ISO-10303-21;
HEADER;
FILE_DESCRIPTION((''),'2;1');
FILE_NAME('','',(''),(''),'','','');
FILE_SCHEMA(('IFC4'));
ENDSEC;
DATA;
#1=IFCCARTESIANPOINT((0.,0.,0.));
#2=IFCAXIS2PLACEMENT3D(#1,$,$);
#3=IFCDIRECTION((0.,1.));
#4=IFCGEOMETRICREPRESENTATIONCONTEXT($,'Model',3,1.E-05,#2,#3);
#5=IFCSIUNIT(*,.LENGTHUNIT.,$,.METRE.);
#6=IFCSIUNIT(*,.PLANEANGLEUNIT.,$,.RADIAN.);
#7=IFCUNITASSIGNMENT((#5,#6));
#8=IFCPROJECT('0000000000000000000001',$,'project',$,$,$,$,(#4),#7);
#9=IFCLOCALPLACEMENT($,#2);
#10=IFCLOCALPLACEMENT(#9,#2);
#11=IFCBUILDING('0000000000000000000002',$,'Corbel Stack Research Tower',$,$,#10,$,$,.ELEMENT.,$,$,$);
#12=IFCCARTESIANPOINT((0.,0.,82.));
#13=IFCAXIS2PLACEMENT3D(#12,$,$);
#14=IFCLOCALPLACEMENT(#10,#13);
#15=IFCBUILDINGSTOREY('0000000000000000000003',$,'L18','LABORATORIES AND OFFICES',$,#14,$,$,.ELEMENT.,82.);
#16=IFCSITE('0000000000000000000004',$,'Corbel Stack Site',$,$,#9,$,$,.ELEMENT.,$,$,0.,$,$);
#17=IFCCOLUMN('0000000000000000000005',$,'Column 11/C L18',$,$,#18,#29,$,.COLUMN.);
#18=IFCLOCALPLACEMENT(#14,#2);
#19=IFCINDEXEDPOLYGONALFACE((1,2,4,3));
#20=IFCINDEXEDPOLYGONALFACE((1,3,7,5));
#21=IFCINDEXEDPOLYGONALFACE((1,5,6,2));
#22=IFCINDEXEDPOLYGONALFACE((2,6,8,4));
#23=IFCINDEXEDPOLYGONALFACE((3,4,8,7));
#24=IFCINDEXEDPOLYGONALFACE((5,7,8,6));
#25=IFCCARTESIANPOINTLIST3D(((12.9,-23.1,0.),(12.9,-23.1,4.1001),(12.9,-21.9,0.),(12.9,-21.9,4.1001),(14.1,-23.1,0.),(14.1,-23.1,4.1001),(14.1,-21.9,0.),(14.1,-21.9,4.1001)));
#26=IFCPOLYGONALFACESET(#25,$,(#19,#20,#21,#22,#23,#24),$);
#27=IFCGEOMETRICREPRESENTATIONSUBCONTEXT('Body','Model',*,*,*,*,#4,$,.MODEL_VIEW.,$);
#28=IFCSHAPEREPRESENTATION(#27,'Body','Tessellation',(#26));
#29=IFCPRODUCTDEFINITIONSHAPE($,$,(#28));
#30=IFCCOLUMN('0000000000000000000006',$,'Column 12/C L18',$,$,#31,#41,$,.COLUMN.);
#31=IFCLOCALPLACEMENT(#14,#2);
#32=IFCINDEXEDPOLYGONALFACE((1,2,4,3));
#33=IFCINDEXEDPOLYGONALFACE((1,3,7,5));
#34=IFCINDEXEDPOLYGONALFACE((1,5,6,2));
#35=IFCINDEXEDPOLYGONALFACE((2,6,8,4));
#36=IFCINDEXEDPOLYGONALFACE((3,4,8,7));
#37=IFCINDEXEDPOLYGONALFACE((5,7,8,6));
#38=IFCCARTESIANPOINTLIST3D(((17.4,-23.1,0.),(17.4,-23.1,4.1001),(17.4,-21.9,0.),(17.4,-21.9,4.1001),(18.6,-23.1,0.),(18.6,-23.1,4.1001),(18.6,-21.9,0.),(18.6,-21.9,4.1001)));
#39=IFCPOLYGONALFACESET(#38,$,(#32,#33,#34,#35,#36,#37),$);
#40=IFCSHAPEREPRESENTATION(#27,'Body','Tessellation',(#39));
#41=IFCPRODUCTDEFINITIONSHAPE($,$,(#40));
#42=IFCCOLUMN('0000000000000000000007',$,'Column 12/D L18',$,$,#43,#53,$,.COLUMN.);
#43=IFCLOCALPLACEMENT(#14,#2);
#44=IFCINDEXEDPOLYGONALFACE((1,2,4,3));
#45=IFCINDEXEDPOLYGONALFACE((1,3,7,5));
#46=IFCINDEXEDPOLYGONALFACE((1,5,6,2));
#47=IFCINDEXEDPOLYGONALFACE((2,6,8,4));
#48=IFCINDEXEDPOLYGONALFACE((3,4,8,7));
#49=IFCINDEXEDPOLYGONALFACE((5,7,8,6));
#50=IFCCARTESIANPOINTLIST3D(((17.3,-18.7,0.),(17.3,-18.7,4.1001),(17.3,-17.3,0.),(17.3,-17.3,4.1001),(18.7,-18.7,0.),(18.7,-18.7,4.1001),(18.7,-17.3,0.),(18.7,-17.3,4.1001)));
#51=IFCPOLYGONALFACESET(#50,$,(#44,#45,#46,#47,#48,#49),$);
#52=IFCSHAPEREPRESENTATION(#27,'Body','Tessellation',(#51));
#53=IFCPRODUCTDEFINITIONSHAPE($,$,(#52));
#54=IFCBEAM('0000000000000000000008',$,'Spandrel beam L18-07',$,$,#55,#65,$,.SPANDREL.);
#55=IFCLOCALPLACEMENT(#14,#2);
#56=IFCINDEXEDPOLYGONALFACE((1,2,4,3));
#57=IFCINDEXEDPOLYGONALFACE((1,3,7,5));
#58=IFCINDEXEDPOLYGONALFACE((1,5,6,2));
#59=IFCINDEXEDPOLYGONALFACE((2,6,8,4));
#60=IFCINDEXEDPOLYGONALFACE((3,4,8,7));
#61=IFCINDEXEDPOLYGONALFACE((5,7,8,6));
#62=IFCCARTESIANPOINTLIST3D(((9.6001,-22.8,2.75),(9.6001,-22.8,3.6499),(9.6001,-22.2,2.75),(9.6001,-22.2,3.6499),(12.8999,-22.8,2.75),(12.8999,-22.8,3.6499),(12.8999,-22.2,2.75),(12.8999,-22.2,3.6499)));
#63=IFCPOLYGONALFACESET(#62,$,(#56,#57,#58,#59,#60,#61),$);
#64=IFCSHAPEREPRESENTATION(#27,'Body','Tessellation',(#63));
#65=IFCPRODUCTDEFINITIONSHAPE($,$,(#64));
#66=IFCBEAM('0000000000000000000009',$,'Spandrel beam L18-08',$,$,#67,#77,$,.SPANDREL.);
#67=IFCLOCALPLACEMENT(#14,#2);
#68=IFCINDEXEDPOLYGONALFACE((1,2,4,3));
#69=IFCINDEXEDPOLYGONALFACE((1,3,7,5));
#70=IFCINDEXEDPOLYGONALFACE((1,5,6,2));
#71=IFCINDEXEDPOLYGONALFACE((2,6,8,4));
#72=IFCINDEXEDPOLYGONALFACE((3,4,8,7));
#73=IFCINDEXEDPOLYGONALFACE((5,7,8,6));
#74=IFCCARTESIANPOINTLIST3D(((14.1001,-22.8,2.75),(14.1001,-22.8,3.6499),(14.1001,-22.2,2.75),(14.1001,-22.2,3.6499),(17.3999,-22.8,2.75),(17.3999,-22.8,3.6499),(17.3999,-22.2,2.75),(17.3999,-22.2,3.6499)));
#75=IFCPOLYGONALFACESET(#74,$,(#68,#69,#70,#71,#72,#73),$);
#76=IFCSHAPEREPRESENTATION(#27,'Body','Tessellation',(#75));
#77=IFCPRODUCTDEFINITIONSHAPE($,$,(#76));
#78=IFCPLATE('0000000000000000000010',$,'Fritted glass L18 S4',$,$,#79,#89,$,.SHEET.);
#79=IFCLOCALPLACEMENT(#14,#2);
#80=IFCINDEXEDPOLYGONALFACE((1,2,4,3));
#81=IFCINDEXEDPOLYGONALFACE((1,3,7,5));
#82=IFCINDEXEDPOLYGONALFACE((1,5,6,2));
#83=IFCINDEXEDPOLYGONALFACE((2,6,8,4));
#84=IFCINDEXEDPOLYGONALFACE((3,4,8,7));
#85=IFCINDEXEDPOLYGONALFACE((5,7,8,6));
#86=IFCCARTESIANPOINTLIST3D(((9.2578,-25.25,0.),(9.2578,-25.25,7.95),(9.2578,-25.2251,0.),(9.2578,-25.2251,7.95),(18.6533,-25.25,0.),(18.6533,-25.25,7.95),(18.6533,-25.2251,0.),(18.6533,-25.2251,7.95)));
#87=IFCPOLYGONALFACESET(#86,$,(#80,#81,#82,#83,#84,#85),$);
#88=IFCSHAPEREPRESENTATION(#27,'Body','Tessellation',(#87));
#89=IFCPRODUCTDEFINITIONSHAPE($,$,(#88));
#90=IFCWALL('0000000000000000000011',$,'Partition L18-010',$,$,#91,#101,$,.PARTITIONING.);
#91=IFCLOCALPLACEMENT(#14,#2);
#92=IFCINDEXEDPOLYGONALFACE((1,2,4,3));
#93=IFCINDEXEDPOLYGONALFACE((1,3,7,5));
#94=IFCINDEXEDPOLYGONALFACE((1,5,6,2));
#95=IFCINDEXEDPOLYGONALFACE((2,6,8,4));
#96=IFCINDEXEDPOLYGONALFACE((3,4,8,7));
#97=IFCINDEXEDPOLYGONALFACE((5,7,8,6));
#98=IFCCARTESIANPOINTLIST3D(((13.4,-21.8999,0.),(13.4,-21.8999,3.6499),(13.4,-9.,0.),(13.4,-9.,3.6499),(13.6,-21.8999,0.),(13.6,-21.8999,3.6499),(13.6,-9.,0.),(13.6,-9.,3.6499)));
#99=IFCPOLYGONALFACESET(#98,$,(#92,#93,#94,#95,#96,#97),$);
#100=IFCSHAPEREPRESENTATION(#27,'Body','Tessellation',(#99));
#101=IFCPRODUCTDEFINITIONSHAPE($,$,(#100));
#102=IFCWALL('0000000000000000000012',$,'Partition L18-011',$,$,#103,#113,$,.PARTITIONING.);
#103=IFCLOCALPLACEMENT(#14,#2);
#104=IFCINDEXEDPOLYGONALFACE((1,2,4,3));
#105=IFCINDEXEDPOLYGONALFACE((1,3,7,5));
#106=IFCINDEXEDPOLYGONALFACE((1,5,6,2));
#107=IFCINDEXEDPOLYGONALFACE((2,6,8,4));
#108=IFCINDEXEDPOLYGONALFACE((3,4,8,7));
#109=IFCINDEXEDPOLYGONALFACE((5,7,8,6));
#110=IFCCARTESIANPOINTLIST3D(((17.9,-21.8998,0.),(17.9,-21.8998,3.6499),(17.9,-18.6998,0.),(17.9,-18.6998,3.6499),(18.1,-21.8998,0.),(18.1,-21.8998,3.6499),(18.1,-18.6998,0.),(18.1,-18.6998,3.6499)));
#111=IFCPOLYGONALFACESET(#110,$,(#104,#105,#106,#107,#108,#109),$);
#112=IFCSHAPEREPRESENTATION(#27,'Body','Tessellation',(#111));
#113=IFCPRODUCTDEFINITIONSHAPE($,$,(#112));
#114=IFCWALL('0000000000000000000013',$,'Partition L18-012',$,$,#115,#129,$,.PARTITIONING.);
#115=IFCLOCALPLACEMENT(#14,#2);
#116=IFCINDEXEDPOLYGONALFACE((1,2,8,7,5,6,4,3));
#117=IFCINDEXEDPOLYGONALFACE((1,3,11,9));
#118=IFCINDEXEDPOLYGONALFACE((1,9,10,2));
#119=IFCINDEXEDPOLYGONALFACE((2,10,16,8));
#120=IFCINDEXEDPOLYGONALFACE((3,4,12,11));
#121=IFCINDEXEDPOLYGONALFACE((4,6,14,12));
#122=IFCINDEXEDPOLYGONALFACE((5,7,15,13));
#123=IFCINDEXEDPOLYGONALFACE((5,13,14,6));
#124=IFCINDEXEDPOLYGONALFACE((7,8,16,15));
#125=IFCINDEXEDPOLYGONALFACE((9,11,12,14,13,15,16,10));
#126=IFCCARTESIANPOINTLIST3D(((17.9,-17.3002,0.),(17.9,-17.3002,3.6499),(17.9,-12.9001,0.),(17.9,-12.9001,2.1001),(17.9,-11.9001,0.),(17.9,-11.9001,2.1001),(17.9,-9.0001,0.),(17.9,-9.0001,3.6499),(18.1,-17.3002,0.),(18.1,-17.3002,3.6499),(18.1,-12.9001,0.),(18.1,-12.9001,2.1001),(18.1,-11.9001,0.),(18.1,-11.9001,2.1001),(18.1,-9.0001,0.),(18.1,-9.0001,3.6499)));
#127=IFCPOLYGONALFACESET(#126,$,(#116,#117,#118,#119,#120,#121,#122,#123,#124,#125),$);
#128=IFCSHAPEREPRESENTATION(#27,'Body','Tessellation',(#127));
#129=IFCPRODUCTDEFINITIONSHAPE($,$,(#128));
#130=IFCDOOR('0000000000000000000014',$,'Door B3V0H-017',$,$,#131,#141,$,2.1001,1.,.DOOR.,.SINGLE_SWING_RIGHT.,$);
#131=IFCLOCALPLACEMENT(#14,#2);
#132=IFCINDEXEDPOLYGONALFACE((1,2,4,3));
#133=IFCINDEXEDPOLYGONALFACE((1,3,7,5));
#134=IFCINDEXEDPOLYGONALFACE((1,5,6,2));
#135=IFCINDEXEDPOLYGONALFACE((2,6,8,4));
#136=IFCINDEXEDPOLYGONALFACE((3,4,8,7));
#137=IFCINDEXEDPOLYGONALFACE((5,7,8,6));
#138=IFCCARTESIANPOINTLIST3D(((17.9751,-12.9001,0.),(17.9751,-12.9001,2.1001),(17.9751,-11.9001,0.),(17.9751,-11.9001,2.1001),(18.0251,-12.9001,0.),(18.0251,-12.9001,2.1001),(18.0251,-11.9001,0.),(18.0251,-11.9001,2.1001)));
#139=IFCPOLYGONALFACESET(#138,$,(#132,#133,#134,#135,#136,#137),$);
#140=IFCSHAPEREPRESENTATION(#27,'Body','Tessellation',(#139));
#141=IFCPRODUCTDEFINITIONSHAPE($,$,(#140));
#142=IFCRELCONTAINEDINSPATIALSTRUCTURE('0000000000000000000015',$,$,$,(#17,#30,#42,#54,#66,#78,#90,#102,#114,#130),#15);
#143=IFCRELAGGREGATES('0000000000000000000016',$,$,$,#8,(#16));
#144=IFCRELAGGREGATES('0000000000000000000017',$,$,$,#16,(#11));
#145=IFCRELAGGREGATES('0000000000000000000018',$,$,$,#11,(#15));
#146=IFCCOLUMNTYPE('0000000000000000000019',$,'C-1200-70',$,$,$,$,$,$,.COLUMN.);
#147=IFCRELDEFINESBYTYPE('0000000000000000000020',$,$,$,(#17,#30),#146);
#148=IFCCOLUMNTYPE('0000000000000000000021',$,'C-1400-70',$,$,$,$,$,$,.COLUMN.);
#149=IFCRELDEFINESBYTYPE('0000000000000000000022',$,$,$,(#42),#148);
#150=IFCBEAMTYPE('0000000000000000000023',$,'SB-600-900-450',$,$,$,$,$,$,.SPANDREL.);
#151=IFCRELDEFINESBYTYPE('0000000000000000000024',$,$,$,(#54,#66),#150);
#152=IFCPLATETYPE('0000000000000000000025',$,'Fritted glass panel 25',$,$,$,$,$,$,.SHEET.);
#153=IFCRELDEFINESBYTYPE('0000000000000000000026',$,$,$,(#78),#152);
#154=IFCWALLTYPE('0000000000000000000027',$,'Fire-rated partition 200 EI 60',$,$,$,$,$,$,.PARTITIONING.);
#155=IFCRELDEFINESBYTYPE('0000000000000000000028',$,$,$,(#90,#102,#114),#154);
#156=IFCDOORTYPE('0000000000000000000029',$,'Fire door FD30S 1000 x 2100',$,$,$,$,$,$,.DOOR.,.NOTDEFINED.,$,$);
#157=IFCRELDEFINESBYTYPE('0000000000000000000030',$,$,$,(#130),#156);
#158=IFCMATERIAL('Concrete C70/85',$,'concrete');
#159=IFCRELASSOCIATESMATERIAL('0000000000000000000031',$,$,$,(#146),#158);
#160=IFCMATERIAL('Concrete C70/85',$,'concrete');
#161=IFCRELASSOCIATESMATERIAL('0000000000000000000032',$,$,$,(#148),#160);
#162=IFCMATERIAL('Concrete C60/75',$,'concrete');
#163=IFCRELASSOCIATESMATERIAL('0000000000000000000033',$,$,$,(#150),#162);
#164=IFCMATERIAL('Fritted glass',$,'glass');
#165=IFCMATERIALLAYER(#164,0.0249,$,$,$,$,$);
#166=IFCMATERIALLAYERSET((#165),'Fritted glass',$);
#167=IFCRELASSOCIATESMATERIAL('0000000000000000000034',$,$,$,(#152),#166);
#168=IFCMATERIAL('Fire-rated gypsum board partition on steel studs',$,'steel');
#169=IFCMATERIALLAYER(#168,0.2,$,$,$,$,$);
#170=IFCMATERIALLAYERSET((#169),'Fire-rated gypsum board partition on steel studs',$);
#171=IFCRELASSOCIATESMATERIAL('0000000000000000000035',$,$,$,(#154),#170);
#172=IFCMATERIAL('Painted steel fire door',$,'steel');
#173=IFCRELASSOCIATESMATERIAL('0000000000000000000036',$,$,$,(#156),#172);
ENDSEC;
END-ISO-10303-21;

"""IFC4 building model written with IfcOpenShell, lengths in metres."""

from ifc_helpers import new_model, si_unit, direction, frame, frame_2d, origin, origin_2d, place, context, subcontext, project, spatial, rectangle, extrude, material, layer, layer_set, material_profile, profile_set, type_object, element, fill, save


model = new_model("IFC4")

# Units and contexts
model_context = context("Model", 3, precision=1e-05, world=origin(), true_north=direction((0.0, 1.0)))
body_context = subcontext(model_context, "Body", "Model", "MODEL_VIEW")
ifc_project = project(units=[si_unit("LENGTHUNIT", "METRE"), si_unit("PLANEANGLEUNIT", "RADIAN")], contexts=[model_context])

# Site, building, storey
site_placement = place(None, origin())
site = spatial("IfcSite", under=ifc_project, at=site_placement, Name="Corbel Stack Site", CompositionType="ELEMENT", RefElevation=0.0)
building_placement = place(site_placement, origin())
building = spatial("IfcBuilding", under=site, at=building_placement, Name="Corbel Stack Research Tower", CompositionType="ELEMENT")
storey_placement = place(building_placement, frame((0.0, 0.0, 82.0)))
storey = spatial("IfcBuildingStorey", under=building, at=storey_placement, Name="L18", Description="LABORATORIES AND OFFICES", CompositionType="ELEMENT", Elevation=82.0)

# Columns
ifc_material_1 = material(Name="Concrete C70/85", Category="concrete")
ifc_material_profile_1 = material_profile(ifc_material_1, rectangle(XDim=1.2, YDim=1.2, at=origin_2d()), Name="RC 1200 x 1200")
ifc_profile_set_1 = profile_set([ifc_material_profile_1], Name="Concrete C70/85")
column_type_1 = type_object("IfcColumnType", Name="C-1200-70", PredefinedType="COLUMN", material=ifc_profile_set_1)
for number, where, z_axis, x_axis, name in (
    (1, (13.5, -22.5, 0.0), (0.0, 0.0, 1.0), (1.0, 0.0, 0.0), "Column 11/C L18"),
    (2, (18.0, -22.5, 0.0), (0.0, 0.0, 1.0), (1.0, 0.0, 0.0), "Column 12/C L18"),
):
    element("IfcColumn", number, at=place(storey_placement, frame(where, z_axis=z_axis, x_axis=x_axis)), inside=storey, type_object=column_type_1, Name=name, PredefinedType="COLUMN", context=body_context, shape_type="SweptSolid", body=[
        extrude(rectangle(XDim=1.2, YDim=1.2, at=origin_2d()), origin(), (0.0, 0.0, 1.0), 4.1001),
    ])
ifc_material_2 = material(Name="Concrete C70/85", Category="concrete")
ifc_material_profile_2 = material_profile(ifc_material_2, rectangle(XDim=1.3999, YDim=1.3999, at=origin_2d()), Name="RC 1400 x 1400")
ifc_profile_set_2 = profile_set([ifc_material_profile_2], Name="Concrete C70/85")
column_type_2 = type_object("IfcColumnType", Name="C-1400-70", PredefinedType="COLUMN", material=ifc_profile_set_2)
column_placement = place(storey_placement, frame((18.0, -18.0, 0.0), z_axis=(0.0, 0.0, 1.0), x_axis=(1.0, 0.0, 0.0)))
element("IfcColumn", 3, at=column_placement, inside=storey, type_object=column_type_2, Name="Column 12/D L18", PredefinedType="COLUMN", context=body_context, shape_type="SweptSolid", body=[
    extrude(rectangle(XDim=1.3999, YDim=1.3999, at=origin_2d()), origin(), (0.0, 0.0, 1.0), 4.1001),
])

# Beams
ifc_material_3 = material(Name="Concrete C60/75", Category="concrete")
ifc_material_profile_3 = material_profile(ifc_material_3, rectangle(XDim=0.6001, YDim=0.8999, at=origin_2d()), Name="RC 600 x 900")
ifc_profile_set_3 = profile_set([ifc_material_profile_3], Name="Concrete C60/75")
beam_type = type_object("IfcBeamType", Name="SB-600-900-450", PredefinedType="SPANDREL", material=ifc_profile_set_3)
for number, where, z_axis, x_axis, name in (
    (4, (9.6001, -22.5, 3.2), (1.0, 0.0, 0.0), (0.0, 1.0, 0.0), "Spandrel beam L18-07"),
    (5, (14.1001, -22.5, 3.2), (1.0, 0.0, 0.0), (0.0, 1.0, 0.0), "Spandrel beam L18-08"),
):
    element("IfcBeam", number, at=place(storey_placement, frame(where, z_axis=z_axis, x_axis=x_axis)), inside=storey, type_object=beam_type, Name=name, PredefinedType="SPANDREL", context=body_context, shape_type="SweptSolid", body=[
        extrude(rectangle(XDim=0.6001, YDim=0.8999, at=origin_2d()), origin(), (0.0, 0.0, 1.0), 3.2998),
    ])

# Plate
ifc_material_4 = material(Name="Fritted glass", Category="glass")
ifc_layer_1 = layer(ifc_material_4, 0.0249)
ifc_layer_set_1 = layer_set([ifc_layer_1], Name="Fritted glass")
plate_type = type_object("IfcPlateType", Name="Fritted glass panel 25", PredefinedType="SHEET", material=ifc_layer_set_1)
plate_placement = place(storey_placement, frame((13.9556, -25.2375, 0.0), z_axis=(0.0, 0.0, 1.0), x_axis=(1.0, 0.0, 0.0)))
element("IfcPlate", 6, at=plate_placement, inside=storey, type_object=plate_type, Name="Fritted glass L18 S4", PredefinedType="SHEET", context=body_context, shape_type="SweptSolid", body=[
    extrude(rectangle(XDim=9.3955, YDim=0.0249, at=origin_2d()), origin(), (0.0, 0.0, 1.0), 7.95),
])

# Walls
ifc_material_5 = material(Name="Fire-rated gypsum board partition on steel studs", Category="steel")
ifc_layer_2 = layer(ifc_material_5, 0.2)
ifc_layer_set_2 = layer_set([ifc_layer_2], Name="Fire-rated gypsum board partition on steel studs")
wall_type_1 = type_object("IfcWallType", Name="Fire-rated partition 200 EI 60", PredefinedType="PARTITIONING", material=ifc_layer_set_2)
wall_1_placement = place(storey_placement, frame((13.5, -21.8999, 0.0), z_axis=(0.0, 0.0, 1.0), x_axis=(0.0, 1.0, 0.0)))
element("IfcWall", 7, at=wall_1_placement, inside=storey, type_object=wall_type_1, Name="Partition L18-010", PredefinedType="PARTITIONING", context=body_context, shape_type="SweptSolid", body=[
    extrude(rectangle(XDim=12.8999, YDim=0.2, at=frame_2d((6.45, 0.0))), origin(), (0.0, 0.0, 1.0), 3.6499),
])
wall_2_placement = place(storey_placement, frame((18.0, -21.8999, 0.0), z_axis=(0.0, 0.0, 1.0), x_axis=(0.0, 1.0, 0.0)))
element("IfcWall", 8, at=wall_2_placement, inside=storey, type_object=wall_type_1, Name="Partition L18-011", PredefinedType="PARTITIONING", context=body_context, shape_type="SweptSolid", body=[
    extrude(rectangle(XDim=3.2, YDim=0.2, at=frame_2d((1.6001, 0.0))), origin(), (0.0, 0.0, 1.0), 3.6499),
])

# Wall, opening, door
wall_3_placement = place(storey_placement, frame((18.0, -17.3, 0.0), z_axis=(0.0, 0.0, 1.0), x_axis=(0.0, 1.0, 0.0)))
wall_3 = element("IfcWall", 9, at=wall_3_placement, inside=storey, type_object=wall_type_1, Name="Partition L18-012", PredefinedType="PARTITIONING", context=body_context, shape_type="SweptSolid", body=[
    extrude(rectangle(XDim=8.3, YDim=0.2, at=frame_2d((4.1499, 0.0))), origin(), (0.0, 0.0, 1.0), 3.6499),
])
opening_1_placement = place(wall_3_placement, frame((4.3999, 0.0, 0.0)))
opening_1 = element("IfcOpeningElement", 10, at=opening_1_placement, cuts=wall_3, PredefinedType="OPENING", context=body_context, shape_type="SweptSolid", body=[
    extrude(rectangle(XDim=1.0, YDim=2.1001, at=frame_2d((0.5, 1.05))), frame((0.0, 0.1099, 0.0), z_axis=(0.0, -1.0, 0.0), x_axis=(1.0, 0.0, 0.0)), (0.0, 0.0, 1.0), 0.22),
])
ifc_material_6 = material(Name="Painted steel fire door", Category="steel")
door_type_1 = type_object("IfcDoorType", Name="Fire door FD30S 1000 x 2100", OperationType="NOTDEFINED", PredefinedType="DOOR", material=ifc_material_6)
door_1_placement = place(opening_1_placement, origin())
door_1 = element("IfcDoor", 11, at=door_1_placement, inside=storey, type_object=door_type_1, Name="Door B3V0H-017", OperationType="SINGLE_SWING_RIGHT", OverallHeight=2.1001, OverallWidth=1.0, PredefinedType="DOOR", context=body_context, shape_type="SweptSolid", body=[
    extrude(rectangle(XDim=1.0, YDim=2.1001, at=frame_2d((0.5, 1.05))), frame((0.0, 0.0249, 0.0), z_axis=(0.0, -1.0, 0.0), x_axis=(1.0, 0.0, 0.0)), (0.0, 0.0, 1.0), 0.05),
])
fill(opening_1, door_1)

save(model, "model.ifc")
